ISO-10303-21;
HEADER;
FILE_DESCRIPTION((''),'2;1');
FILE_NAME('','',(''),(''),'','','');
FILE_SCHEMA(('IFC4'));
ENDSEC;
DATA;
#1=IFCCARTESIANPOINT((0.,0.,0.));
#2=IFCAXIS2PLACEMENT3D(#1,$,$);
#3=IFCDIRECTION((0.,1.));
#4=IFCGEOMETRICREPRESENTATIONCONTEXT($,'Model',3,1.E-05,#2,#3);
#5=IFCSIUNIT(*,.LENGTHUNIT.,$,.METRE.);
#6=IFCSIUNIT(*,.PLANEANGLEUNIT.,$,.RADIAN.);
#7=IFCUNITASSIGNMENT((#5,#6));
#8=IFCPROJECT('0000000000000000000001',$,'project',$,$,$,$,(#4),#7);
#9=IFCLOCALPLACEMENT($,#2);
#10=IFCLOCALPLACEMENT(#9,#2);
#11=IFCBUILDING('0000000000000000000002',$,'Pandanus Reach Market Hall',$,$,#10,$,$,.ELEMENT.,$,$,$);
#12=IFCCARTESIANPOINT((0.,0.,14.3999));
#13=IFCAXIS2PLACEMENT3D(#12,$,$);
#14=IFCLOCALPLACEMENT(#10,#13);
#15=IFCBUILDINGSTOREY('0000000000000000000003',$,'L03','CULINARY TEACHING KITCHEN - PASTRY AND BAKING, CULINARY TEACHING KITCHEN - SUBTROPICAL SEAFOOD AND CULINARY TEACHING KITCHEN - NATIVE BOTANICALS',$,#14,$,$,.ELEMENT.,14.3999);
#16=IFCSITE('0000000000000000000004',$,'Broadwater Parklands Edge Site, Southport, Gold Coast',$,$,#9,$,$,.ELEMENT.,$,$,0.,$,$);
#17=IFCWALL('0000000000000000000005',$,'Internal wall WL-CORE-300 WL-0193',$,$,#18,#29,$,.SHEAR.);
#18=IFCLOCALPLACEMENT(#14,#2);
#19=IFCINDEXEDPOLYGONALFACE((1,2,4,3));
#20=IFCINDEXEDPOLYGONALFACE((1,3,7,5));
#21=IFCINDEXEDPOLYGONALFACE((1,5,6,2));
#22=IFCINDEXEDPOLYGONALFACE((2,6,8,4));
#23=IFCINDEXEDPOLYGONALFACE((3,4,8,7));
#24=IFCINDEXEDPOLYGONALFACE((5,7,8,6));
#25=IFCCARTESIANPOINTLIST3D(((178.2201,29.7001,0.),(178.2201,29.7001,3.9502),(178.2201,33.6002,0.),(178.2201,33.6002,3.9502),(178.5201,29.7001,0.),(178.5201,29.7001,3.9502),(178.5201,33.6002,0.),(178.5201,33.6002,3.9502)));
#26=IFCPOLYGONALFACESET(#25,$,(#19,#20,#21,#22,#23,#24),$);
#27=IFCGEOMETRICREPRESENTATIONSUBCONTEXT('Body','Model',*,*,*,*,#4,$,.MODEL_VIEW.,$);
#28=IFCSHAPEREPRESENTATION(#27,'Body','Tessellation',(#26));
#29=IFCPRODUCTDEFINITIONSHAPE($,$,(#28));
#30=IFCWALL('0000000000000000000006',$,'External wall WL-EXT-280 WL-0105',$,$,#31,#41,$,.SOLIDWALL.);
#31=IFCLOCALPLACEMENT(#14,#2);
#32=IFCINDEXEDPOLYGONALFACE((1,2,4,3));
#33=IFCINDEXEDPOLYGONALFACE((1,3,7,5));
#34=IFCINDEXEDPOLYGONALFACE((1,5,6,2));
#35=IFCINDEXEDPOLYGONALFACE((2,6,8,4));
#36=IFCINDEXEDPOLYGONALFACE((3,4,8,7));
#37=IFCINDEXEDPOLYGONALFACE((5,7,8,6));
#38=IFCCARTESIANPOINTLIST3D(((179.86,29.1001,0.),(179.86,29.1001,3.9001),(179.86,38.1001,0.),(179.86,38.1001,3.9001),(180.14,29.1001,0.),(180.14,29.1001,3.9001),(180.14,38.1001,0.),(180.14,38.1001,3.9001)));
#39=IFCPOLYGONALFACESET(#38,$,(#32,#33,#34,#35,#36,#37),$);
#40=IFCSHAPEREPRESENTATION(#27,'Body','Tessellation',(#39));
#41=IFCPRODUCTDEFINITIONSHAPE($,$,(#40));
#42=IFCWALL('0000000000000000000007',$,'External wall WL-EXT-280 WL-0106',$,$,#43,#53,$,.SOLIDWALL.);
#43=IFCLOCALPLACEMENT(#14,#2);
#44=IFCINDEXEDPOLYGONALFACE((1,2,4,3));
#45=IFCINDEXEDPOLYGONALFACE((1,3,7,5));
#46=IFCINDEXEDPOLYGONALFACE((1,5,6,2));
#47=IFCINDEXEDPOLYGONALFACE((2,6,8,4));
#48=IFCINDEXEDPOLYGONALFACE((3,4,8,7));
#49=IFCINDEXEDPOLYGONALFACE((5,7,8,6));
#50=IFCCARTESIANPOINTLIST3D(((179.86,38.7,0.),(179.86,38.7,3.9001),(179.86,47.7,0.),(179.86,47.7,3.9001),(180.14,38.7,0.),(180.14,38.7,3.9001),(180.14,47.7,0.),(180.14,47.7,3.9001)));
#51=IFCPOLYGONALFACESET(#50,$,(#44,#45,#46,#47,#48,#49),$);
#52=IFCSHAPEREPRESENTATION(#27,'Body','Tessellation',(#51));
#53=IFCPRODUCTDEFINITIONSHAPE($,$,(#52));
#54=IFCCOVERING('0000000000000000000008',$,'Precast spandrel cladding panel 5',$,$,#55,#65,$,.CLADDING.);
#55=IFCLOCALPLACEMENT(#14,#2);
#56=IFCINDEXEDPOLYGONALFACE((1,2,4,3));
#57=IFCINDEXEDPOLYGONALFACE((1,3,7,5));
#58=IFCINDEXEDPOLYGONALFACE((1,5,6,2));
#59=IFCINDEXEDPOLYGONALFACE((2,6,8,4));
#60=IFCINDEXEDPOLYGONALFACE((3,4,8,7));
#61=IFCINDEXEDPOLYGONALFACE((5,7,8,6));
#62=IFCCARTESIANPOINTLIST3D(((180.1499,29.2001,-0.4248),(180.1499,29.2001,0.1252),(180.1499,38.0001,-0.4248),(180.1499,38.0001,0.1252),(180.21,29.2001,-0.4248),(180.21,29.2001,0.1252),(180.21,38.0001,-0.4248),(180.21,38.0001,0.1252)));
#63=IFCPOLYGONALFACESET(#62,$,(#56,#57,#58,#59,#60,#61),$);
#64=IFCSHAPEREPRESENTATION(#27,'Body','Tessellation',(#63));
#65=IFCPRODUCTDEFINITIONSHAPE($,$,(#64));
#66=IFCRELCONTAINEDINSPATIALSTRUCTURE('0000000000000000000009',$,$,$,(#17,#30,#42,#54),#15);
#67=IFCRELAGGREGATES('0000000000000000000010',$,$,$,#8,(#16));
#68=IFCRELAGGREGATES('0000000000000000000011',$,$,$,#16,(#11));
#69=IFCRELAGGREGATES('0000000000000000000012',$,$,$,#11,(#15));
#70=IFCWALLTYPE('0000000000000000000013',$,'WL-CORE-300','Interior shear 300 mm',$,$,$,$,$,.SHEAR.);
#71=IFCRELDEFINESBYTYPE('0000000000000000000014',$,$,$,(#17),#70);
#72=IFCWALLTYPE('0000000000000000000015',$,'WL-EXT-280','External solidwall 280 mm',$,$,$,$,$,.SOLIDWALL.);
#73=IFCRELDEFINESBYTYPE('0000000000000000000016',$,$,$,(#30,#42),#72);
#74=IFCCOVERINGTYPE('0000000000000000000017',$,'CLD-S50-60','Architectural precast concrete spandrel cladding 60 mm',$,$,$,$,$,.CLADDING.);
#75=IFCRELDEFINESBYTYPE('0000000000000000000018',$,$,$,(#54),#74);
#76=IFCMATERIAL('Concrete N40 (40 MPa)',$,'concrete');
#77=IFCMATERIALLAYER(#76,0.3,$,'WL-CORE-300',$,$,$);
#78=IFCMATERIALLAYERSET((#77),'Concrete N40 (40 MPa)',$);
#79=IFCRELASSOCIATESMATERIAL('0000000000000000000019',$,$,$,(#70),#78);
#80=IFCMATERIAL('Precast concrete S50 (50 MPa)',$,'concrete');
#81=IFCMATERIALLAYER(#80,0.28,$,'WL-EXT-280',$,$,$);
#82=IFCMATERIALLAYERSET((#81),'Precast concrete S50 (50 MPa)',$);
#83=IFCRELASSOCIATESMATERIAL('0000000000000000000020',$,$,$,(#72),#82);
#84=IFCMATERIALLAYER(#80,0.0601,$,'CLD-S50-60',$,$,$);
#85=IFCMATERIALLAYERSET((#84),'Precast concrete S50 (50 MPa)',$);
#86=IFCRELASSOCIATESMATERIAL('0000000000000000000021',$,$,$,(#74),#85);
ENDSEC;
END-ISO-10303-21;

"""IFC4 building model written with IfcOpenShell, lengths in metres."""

from ifc_helpers import new_model, si_unit, direction, frame, frame_2d, origin, origin_2d, place, context, subcontext, project, spatial, rectangle, extrude, material, layer, layer_set, type_object, element, save


model = new_model("IFC4")

# Units and contexts
model_context = context("Model", 3, precision=1e-05, world=origin(), true_north=direction((0.0, 1.0)))
body_context = subcontext(model_context, "Body", "Model", "MODEL_VIEW")
ifc_project = project(units=[si_unit("LENGTHUNIT", "METRE"), si_unit("PLANEANGLEUNIT", "RADIAN")], contexts=[model_context])

# Site, building, storey
site_placement = place(None, origin())
site = spatial("IfcSite", under=ifc_project, at=site_placement, Name="Broadwater Parklands Edge Site, Southport, Gold Coast", CompositionType="ELEMENT", RefElevation=0.0)
building_placement = place(site_placement, origin())
building = spatial("IfcBuilding", under=site, at=building_placement, Name="Pandanus Reach Market Hall", CompositionType="ELEMENT")
storey_placement = place(building_placement, frame((0.0, 0.0, 14.3999)))
storey = spatial("IfcBuildingStorey", under=building, at=storey_placement, Name="L03", Description="CULINARY TEACHING KITCHEN - PASTRY AND BAKING, CULINARY TEACHING KITCHEN - SUBTROPICAL SEAFOOD AND CULINARY TEACHING KITCHEN - NATIVE BOTANICALS", CompositionType="ELEMENT", Elevation=14.3999)

# Shared definitions
ifc_material_1 = material(Name="Concrete N40 (40 MPa)", Category="concrete")

# Walls
ifc_layer_1 = layer(ifc_material_1, 0.3, Name="WL-CORE-300")
ifc_layer_set_1 = layer_set([ifc_layer_1], Name="Concrete N40 (40 MPa)")
wall_type_1 = type_object("IfcWallType", Name="WL-CORE-300", Description="Interior shear 300 mm", PredefinedType="SHEAR", material=ifc_layer_set_1)
wall_placement = place(storey_placement, frame((178.3701, 29.7, 0.0), z_axis=(0.0, 0.0, 1.0), x_axis=(0.0, 1.0, 0.0)))
element("IfcWall", 1, at=wall_placement, inside=storey, type_object=wall_type_1, Name="Internal wall WL-CORE-300 WL-0193", PredefinedType="SHEAR", context=body_context, shape_type="SweptSolid", body=[
    extrude(rectangle(XDim=3.9001, YDim=0.3, at=frame_2d((1.9502, 0.0))), origin(), (0.0, 0.0, 1.0), 3.9502),
])
ifc_material_2 = material(Name="Precast concrete S50 (50 MPa)", Category="concrete")
ifc_layer_2 = layer(ifc_material_2, 0.28, Name="WL-EXT-280")
ifc_layer_set_2 = layer_set([ifc_layer_2], Name="Precast concrete S50 (50 MPa)")
wall_type_2 = type_object("IfcWallType", Name="WL-EXT-280", Description="External solidwall 280 mm", PredefinedType="SOLIDWALL", material=ifc_layer_set_2)
for number, where, z_axis, x_axis, name in (
    (2, (180.0, 29.1001, 0.0), (0.0, 0.0, 1.0), (0.0, 1.0, 0.0), "External wall WL-EXT-280 WL-0105"),
    (3, (180.0, 38.7, 0.0), (0.0, 0.0, 1.0), (0.0, 1.0, 0.0), "External wall WL-EXT-280 WL-0106"),
):
    element("IfcWall", number, at=place(storey_placement, frame(where, z_axis=z_axis, x_axis=x_axis)), inside=storey, type_object=wall_type_2, Name=name, PredefinedType="SOLIDWALL", context=body_context, shape_type="SweptSolid", body=[
        extrude(rectangle(XDim=9.0, YDim=0.28, at=frame_2d((4.5, 0.0))), origin(), (0.0, 0.0, 1.0), 3.9001),
    ])

# Covering
ifc_layer_3 = layer(ifc_material_2, 0.0601, Name="CLD-S50-60")
ifc_layer_set_3 = layer_set([ifc_layer_3], Name="Precast concrete S50 (50 MPa)")
covering_type = type_object("IfcCoveringType", Name="CLD-S50-60", Description="Architectural precast concrete spandrel cladding 60 mm", PredefinedType="CLADDING", material=ifc_layer_set_3)
covering_placement = place(storey_placement, frame((180.1799, 33.6001, -0.4248), z_axis=(0.0, 0.0, 1.0), x_axis=(0.0, 1.0, 0.0)))
element("IfcCovering", 4, at=covering_placement, inside=storey, type_object=covering_type, Name="Precast spandrel cladding panel 5", PredefinedType="CLADDING", context=body_context, shape_type="SweptSolid", body=[
    extrude(rectangle(XDim=8.8, YDim=0.0601, at=origin_2d()), origin(), (0.0, 0.0, 1.0), 0.55),
])

save(model, "model.ifc")
